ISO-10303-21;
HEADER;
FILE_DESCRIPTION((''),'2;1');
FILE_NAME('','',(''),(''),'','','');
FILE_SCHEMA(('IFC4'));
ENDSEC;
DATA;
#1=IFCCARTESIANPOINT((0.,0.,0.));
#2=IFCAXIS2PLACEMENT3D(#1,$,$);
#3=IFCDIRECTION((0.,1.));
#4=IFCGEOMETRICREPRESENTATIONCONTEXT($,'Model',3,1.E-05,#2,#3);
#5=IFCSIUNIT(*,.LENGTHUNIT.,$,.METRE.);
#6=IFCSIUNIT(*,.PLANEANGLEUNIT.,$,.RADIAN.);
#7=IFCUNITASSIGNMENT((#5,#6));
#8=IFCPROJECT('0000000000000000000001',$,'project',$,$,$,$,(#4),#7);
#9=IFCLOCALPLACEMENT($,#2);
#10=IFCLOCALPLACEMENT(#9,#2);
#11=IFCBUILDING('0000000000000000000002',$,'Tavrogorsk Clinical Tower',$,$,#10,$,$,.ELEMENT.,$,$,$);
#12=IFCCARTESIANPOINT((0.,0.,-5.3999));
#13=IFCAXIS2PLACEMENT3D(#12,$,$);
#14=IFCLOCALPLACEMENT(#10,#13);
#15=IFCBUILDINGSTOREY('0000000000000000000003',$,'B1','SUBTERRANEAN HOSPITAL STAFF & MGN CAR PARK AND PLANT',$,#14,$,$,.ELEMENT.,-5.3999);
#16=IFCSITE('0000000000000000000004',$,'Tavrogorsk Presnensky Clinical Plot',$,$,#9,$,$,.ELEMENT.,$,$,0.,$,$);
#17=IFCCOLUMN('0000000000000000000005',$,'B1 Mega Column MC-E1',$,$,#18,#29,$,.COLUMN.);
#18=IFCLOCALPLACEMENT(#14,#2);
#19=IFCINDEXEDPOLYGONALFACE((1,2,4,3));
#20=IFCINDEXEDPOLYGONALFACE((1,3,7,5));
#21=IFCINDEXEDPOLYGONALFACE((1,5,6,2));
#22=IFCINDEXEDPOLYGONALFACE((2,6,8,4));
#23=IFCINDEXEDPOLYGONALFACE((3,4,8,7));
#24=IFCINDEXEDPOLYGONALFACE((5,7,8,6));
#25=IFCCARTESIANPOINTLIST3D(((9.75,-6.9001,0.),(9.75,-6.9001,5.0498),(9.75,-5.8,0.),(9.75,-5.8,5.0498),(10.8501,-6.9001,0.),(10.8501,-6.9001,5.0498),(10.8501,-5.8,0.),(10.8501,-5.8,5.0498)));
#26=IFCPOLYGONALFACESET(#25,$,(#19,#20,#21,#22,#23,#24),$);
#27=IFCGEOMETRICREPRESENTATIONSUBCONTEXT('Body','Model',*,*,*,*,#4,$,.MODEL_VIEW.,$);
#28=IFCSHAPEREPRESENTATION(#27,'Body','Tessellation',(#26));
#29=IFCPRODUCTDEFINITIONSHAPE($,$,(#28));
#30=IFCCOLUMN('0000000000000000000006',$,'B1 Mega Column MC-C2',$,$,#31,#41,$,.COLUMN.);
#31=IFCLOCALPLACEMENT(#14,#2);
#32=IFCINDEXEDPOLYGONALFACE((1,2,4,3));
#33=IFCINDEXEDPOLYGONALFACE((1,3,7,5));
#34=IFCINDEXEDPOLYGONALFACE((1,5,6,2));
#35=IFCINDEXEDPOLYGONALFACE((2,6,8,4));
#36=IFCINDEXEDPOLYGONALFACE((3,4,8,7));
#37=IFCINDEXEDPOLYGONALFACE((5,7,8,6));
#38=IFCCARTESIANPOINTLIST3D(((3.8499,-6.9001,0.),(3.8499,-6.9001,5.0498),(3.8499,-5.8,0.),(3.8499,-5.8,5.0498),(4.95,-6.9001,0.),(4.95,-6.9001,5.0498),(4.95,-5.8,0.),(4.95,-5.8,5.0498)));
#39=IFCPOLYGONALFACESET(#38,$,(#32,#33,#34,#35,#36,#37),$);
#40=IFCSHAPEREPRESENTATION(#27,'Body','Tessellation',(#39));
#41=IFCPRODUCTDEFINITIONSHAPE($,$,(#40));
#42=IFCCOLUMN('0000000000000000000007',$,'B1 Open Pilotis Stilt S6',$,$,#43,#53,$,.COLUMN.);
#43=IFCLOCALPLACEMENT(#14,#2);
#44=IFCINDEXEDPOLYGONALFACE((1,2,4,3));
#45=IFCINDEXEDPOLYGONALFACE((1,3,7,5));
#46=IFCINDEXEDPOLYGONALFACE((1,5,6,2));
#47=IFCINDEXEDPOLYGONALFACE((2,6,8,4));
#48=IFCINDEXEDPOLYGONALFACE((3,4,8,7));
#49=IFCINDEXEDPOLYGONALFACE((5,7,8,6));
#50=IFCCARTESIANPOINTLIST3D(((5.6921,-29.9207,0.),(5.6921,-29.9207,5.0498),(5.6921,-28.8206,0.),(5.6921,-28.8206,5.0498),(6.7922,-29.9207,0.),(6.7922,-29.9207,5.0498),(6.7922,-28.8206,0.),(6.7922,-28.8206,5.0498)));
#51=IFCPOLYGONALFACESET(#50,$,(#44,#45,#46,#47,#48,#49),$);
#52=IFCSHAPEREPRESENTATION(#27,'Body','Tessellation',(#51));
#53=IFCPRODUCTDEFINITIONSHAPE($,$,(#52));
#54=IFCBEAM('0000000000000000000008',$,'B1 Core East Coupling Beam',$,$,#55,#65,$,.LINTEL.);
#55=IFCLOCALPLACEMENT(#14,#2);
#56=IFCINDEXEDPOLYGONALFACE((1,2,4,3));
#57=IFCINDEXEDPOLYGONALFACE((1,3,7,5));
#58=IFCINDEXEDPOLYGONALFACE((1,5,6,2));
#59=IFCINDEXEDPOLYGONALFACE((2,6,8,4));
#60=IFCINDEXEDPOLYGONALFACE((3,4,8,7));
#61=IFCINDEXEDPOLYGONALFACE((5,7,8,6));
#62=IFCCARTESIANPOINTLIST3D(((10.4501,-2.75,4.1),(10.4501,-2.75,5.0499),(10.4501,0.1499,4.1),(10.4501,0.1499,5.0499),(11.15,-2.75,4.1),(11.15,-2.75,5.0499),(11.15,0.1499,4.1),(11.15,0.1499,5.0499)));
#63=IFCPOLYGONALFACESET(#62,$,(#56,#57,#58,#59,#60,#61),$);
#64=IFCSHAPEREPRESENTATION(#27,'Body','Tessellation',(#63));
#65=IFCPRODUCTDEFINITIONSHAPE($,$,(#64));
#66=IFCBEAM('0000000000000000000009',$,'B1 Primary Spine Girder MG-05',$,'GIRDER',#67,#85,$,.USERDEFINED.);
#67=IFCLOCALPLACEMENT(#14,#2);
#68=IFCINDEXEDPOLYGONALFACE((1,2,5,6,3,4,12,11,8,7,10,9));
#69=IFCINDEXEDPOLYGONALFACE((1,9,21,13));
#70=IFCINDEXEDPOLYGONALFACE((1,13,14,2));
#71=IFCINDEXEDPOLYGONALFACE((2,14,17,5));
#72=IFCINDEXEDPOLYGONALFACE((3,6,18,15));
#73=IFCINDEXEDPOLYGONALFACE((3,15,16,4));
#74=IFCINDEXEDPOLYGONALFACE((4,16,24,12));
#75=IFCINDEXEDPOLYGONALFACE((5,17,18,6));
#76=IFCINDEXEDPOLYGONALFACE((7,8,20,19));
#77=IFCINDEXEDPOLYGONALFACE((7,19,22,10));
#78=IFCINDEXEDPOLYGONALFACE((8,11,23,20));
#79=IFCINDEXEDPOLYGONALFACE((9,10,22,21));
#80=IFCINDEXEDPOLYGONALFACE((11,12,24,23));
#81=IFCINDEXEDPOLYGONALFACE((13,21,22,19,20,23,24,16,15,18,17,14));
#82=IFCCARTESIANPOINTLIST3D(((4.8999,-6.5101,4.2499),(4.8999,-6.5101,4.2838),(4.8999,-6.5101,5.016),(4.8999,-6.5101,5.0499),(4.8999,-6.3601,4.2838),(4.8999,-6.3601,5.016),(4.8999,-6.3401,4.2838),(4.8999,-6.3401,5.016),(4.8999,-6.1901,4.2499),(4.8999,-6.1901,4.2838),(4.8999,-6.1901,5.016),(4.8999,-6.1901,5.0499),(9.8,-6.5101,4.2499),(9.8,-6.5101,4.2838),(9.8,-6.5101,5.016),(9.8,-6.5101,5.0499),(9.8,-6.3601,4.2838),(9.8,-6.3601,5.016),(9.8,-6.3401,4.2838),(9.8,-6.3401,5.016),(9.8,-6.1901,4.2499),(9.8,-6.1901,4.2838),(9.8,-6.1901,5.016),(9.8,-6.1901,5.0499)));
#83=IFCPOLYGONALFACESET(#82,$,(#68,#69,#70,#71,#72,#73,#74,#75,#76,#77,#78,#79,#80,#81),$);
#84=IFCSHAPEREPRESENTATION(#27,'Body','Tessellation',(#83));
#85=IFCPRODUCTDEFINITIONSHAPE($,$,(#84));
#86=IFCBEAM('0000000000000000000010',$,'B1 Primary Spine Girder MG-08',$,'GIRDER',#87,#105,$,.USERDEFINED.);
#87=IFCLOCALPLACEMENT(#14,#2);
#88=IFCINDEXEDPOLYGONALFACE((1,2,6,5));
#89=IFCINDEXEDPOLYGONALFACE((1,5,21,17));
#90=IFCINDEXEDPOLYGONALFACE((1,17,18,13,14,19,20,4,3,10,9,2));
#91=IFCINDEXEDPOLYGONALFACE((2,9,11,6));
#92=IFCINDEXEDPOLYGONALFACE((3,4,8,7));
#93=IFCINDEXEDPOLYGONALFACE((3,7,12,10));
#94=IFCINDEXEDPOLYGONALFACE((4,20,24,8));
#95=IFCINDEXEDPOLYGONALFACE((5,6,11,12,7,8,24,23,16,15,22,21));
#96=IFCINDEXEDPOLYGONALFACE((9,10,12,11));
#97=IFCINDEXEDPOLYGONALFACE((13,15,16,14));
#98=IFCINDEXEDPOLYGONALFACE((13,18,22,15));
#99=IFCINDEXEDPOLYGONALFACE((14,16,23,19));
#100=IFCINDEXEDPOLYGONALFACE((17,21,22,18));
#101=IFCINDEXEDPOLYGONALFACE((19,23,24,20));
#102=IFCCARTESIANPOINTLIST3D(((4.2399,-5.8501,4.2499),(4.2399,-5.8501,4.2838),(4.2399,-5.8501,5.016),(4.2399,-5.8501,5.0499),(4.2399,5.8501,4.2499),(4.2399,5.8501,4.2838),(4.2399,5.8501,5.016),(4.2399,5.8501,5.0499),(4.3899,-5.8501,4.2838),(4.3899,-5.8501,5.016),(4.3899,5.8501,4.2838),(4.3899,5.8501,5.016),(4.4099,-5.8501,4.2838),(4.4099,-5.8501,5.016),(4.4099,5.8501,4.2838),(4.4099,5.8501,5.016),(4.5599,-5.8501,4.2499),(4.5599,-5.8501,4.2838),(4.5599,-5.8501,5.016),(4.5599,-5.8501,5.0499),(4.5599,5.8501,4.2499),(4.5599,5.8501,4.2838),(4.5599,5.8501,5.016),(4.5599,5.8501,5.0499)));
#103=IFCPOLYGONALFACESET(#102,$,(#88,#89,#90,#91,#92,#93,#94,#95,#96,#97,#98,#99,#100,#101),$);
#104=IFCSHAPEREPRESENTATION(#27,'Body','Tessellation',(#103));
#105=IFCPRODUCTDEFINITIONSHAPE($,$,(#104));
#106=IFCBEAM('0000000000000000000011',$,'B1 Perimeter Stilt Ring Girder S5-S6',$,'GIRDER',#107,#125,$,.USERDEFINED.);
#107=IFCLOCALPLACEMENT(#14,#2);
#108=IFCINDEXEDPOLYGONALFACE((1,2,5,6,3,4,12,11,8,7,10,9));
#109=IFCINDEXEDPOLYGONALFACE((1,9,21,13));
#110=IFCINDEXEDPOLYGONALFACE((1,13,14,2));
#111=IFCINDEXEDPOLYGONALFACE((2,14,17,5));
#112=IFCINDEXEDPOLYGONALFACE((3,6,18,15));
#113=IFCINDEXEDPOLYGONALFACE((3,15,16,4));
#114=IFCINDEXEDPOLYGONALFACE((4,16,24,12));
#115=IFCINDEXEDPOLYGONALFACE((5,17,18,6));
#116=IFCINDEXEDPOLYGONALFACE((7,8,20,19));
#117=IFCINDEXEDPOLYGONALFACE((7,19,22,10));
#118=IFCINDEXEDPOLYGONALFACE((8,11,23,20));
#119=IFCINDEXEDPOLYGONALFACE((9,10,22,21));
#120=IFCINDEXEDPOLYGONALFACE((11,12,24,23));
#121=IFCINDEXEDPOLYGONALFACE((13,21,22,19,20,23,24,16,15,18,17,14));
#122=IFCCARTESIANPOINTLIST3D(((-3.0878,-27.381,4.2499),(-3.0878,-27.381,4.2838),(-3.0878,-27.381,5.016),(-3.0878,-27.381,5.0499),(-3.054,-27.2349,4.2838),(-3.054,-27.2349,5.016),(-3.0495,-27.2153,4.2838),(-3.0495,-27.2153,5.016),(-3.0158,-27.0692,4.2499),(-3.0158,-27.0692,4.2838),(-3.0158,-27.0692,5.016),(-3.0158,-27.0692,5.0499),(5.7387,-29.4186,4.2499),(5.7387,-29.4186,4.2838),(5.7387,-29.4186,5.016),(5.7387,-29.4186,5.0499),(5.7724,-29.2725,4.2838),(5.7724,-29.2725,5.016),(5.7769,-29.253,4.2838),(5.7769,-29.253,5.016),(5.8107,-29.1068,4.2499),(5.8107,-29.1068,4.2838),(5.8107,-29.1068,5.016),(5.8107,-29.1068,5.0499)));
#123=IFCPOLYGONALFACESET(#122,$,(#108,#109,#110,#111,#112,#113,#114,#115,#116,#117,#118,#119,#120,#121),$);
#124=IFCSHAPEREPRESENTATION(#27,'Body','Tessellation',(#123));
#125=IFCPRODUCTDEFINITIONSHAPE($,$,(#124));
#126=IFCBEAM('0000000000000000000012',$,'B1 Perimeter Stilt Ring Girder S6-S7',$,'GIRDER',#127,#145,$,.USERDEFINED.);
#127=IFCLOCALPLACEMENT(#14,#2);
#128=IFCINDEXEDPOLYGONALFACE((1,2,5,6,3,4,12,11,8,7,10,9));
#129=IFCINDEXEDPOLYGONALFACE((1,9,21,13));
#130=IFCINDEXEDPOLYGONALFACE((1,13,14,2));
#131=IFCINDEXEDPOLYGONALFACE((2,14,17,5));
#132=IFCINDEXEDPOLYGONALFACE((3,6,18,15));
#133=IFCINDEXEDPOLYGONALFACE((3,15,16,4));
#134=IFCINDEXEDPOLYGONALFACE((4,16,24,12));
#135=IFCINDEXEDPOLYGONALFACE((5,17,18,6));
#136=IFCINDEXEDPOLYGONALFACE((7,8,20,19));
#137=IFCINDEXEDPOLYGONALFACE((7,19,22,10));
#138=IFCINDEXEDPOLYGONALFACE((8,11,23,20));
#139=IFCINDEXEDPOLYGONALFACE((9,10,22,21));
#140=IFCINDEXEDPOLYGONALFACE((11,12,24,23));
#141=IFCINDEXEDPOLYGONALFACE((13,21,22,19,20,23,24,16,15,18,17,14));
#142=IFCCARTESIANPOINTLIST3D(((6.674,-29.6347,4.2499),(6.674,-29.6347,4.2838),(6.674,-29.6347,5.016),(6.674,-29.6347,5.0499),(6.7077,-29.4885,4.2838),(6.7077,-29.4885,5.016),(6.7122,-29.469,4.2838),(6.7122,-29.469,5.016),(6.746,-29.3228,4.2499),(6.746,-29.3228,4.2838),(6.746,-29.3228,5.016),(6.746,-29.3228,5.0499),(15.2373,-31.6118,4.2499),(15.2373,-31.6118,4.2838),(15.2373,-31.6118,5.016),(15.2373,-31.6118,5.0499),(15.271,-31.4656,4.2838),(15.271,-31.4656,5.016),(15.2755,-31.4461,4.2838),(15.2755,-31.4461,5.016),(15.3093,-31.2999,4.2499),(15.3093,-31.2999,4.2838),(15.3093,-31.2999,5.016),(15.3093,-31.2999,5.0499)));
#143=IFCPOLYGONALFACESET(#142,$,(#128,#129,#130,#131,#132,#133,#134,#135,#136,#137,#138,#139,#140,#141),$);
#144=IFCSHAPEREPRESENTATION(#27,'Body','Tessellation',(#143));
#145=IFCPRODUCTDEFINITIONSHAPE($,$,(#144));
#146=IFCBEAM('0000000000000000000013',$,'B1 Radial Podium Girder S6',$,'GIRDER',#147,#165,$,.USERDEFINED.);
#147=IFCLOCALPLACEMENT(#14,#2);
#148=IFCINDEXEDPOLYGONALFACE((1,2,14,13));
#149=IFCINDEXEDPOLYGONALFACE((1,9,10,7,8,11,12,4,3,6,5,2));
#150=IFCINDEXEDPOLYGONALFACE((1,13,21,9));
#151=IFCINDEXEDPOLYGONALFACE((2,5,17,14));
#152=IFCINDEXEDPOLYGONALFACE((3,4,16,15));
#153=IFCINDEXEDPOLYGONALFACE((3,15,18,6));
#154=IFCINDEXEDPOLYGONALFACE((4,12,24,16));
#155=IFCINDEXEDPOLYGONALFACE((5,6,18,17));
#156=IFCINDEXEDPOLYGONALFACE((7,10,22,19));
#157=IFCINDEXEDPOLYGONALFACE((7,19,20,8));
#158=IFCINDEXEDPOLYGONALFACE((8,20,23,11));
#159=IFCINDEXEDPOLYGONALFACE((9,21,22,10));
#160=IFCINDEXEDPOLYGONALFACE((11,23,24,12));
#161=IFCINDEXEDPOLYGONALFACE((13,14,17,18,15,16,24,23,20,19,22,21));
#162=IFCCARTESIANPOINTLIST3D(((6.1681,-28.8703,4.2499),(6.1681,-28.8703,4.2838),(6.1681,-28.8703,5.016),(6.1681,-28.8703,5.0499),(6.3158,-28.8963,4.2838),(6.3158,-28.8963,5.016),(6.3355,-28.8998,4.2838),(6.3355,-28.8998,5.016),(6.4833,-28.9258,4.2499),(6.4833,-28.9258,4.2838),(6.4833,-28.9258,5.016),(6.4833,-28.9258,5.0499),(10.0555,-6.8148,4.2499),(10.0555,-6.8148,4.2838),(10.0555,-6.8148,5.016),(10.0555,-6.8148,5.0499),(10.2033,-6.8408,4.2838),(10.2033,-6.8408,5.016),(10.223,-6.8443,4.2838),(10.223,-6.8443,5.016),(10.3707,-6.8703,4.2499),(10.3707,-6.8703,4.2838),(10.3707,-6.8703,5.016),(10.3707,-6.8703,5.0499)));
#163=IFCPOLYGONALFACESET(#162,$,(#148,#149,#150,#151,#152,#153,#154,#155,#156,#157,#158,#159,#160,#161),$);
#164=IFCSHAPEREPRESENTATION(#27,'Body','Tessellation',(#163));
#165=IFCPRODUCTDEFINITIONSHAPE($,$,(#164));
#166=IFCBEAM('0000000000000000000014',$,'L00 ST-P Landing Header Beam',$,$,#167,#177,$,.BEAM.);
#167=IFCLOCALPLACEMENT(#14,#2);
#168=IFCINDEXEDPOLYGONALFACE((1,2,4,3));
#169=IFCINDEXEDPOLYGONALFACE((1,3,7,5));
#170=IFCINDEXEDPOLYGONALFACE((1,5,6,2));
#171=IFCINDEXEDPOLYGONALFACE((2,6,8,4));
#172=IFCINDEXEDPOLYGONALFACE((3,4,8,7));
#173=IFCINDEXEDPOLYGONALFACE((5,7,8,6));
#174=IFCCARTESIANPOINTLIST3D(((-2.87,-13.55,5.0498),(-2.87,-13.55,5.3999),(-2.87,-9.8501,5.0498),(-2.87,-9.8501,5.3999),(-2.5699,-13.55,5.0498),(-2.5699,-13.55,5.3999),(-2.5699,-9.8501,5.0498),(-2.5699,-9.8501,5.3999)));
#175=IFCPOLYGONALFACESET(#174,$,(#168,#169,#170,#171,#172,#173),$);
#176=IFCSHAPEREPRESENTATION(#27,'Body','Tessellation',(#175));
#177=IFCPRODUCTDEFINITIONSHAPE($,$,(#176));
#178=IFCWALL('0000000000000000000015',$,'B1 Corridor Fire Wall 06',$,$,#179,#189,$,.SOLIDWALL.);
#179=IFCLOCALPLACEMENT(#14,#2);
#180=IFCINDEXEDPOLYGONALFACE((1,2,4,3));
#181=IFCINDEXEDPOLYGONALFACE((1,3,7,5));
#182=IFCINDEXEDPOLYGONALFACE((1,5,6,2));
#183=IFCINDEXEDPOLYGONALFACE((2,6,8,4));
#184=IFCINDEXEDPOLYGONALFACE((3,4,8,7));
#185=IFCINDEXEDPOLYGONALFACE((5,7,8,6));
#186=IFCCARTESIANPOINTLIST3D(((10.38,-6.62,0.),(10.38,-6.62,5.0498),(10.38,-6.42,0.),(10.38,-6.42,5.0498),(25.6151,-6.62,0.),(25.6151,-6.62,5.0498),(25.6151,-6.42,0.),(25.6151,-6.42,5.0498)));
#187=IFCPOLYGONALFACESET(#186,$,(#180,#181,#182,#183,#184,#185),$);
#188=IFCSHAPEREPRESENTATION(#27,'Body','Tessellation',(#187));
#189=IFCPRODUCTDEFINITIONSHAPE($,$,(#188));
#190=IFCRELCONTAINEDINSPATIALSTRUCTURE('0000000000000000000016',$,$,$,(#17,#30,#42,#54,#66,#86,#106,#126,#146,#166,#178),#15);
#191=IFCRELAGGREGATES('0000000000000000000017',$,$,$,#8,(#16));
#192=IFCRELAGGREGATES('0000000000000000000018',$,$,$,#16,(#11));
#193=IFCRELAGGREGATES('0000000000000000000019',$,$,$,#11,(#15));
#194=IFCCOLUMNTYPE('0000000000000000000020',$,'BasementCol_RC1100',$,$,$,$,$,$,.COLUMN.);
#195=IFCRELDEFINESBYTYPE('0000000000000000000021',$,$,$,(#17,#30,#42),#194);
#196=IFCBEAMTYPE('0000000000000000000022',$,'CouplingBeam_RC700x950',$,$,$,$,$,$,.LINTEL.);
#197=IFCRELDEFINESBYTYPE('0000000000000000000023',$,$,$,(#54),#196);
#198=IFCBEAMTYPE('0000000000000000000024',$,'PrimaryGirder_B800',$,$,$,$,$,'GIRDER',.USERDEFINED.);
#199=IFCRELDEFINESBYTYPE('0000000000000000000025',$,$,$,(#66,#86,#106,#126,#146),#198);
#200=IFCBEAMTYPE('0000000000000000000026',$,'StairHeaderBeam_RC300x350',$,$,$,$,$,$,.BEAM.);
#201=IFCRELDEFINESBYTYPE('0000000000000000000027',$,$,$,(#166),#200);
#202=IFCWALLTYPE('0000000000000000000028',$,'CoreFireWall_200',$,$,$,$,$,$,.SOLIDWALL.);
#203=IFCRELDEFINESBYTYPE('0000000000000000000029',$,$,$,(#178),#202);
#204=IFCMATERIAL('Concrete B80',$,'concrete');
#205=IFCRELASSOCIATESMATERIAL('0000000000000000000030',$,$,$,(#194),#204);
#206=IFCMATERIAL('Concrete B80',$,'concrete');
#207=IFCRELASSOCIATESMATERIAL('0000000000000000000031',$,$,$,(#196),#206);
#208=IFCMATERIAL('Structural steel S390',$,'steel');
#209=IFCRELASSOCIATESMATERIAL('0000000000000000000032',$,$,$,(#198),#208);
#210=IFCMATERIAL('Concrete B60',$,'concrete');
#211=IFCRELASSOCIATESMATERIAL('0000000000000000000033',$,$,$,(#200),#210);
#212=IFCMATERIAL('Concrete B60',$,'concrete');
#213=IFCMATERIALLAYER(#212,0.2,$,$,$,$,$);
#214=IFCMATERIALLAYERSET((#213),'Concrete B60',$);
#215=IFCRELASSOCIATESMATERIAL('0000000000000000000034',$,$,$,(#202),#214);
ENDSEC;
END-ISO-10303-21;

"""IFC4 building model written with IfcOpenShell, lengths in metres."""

from ifc_helpers import new_model, si_unit, direction, frame, frame_2d, origin, origin_2d, place, context, subcontext, project, spatial, rectangle, i_section, extrude, material, layer, layer_set, material_profile, profile_set, type_object, element, save


model = new_model("IFC4")

# Units and contexts
model_context = context("Model", 3, precision=1e-05, world=origin(), true_north=direction((0.0, 1.0)))
body_context = subcontext(model_context, "Body", "Model", "MODEL_VIEW")
ifc_project = project(units=[si_unit("LENGTHUNIT", "METRE"), si_unit("PLANEANGLEUNIT", "RADIAN")], contexts=[model_context])

# Site, building, storey
site_placement = place(None, origin())
site = spatial("IfcSite", under=ifc_project, at=site_placement, Name="Tavrogorsk Presnensky Clinical Plot", CompositionType="ELEMENT", RefElevation=0.0)
building_placement = place(site_placement, origin())
building = spatial("IfcBuilding", under=site, at=building_placement, Name="Tavrogorsk Clinical Tower", CompositionType="ELEMENT")
storey_placement = place(building_placement, frame((0.0, 0.0, -5.3999)))
storey = spatial("IfcBuildingStorey", under=building, at=storey_placement, Name="B1", Description="SUBTERRANEAN HOSPITAL STAFF & MGN CAR PARK AND PLANT", CompositionType="ELEMENT", Elevation=-5.3999)

# Columns
ifc_material_1 = material(Name="Concrete B80", Category="concrete")
ifc_material_profile_1 = material_profile(ifc_material_1, rectangle(XDim=1.1001, YDim=1.1001, at=origin_2d()), Name="RC-COL-1100x1100")
ifc_profile_set_1 = profile_set([ifc_material_profile_1], Name="Concrete B80")
column_type = type_object("IfcColumnType", Name="BasementCol_RC1100", PredefinedType="COLUMN", material=ifc_profile_set_1)
for number, where, z_axis, x_axis, name in (
    (1, (10.3, -6.3501, 0.0), (0.0, 0.0, 1.0), (1.0, 0.0, 0.0), "B1 Mega Column MC-E1"),
    (2, (4.3999, -6.3501, 0.0), (0.0, 0.0, 1.0), (1.0, 0.0, 0.0), "B1 Mega Column MC-C2"),
    (3, (6.2422, -29.3706, 0.0), (0.0, 0.0, 1.0), (1.0, 0.0, 0.0), "B1 Open Pilotis Stilt S6"),
):
    element("IfcColumn", number, at=place(storey_placement, frame(where, z_axis=z_axis, x_axis=x_axis)), inside=storey, type_object=column_type, Name=name, PredefinedType="COLUMN", context=body_context, shape_type="SweptSolid", body=[
        extrude(rectangle(XDim=1.1001, YDim=1.1001, at=origin_2d()), origin(), (0.0, 0.0, 1.0), 5.0498),
    ])

# Beams
ifc_material_2 = material(Name="Concrete B80", Category="concrete")
ifc_material_profile_2 = material_profile(ifc_material_2, rectangle(XDim=0.7, YDim=0.95, at=origin_2d()), Name="RC-CB-700x950")
ifc_profile_set_2 = profile_set([ifc_material_profile_2], Name="Concrete B80")
beam_type_1 = type_object("IfcBeamType", Name="CouplingBeam_RC700x950", PredefinedType="LINTEL", material=ifc_profile_set_2)
beam_1_placement = place(storey_placement, frame((10.8, -2.75, 4.575), z_axis=(0.0, 1.0, 0.0), x_axis=(-1.0, 0.0, 0.0)))
element("IfcBeam", 4, at=beam_1_placement, inside=storey, type_object=beam_type_1, Name="B1 Core East Coupling Beam", PredefinedType="LINTEL", context=body_context, shape_type="SweptSolid", body=[
    extrude(rectangle(XDim=0.7, YDim=0.95, at=origin_2d()), origin(), (0.0, 0.0, 1.0), 2.8999),
])
ifc_material_3 = material(Name="Structural steel S390", Category="steel")
ifc_material_profile_3 = material_profile(ifc_material_3, i_section(OverallWidth=0.3201, OverallDepth=0.8, WebThickness=0.02, FlangeThickness=0.0339, at=origin_2d()), Name="B-800x320x20x34")
ifc_profile_set_3 = profile_set([ifc_material_profile_3], Name="Structural steel S390")
beam_type_2 = type_object("IfcBeamType", Name="PrimaryGirder_B800", ElementType="GIRDER", PredefinedType="USERDEFINED", material=ifc_profile_set_3)
beam_2_placement = place(storey_placement, frame((4.8999, -6.3501, 4.6499), z_axis=(1.0, 0.0, 0.0), x_axis=(0.0, 1.0, 0.0)))
element("IfcBeam", 5, at=beam_2_placement, inside=storey, type_object=beam_type_2, Name="B1 Primary Spine Girder MG-05", ObjectType="GIRDER", PredefinedType="USERDEFINED", context=body_context, shape_type="SweptSolid", body=[
    extrude(i_section(OverallWidth=0.3201, OverallDepth=0.8, WebThickness=0.02, FlangeThickness=0.0339, at=origin_2d()), origin(), (0.0, 0.0, 1.0), 4.9001),
])
beam_3_placement = place(storey_placement, frame((4.3999, -5.8501, 4.6499), z_axis=(0.0, 1.0, 0.0), x_axis=(-1.0, 0.0, 0.0)))
element("IfcBeam", 6, at=beam_3_placement, inside=storey, type_object=beam_type_2, Name="B1 Primary Spine Girder MG-08", ObjectType="GIRDER", PredefinedType="USERDEFINED", context=body_context, shape_type="SweptSolid", body=[
    extrude(i_section(OverallWidth=0.3201, OverallDepth=0.8, WebThickness=0.02, FlangeThickness=0.0339, at=origin_2d()), origin(), (0.0, 0.0, 1.0), 11.7002),
])
beam_4_placement = place(storey_placement, frame((-3.0518, -27.2251, 4.6499), z_axis=(0.974373, -0.224936, 0.0), x_axis=(0.224936, 0.974373, 0.0)))
element("IfcBeam", 7, at=beam_4_placement, inside=storey, type_object=beam_type_2, Name="B1 Perimeter Stilt Ring Girder S5-S6", ObjectType="GIRDER", PredefinedType="USERDEFINED", context=body_context, shape_type="SweptSolid", body=[
    extrude(i_section(OverallWidth=0.3201, OverallDepth=0.8, WebThickness=0.02, FlangeThickness=0.0339, at=origin_2d()), origin(), (0.0, 0.0, 1.0), 9.0586),
])
beam_5_placement = place(storey_placement, frame((6.71, -29.4788, 4.6499), z_axis=(0.974368, -0.224959, 0.0), x_axis=(0.224959, 0.974368, 0.0)))
element("IfcBeam", 8, at=beam_5_placement, inside=storey, type_object=beam_type_2, Name="B1 Perimeter Stilt Ring Girder S6-S7", ObjectType="GIRDER", PredefinedType="USERDEFINED", context=body_context, shape_type="SweptSolid", body=[
    extrude(i_section(OverallWidth=0.3201, OverallDepth=0.8, WebThickness=0.02, FlangeThickness=0.0339, at=origin_2d()), origin(), (0.0, 0.0, 1.0), 8.7886),
])
beam_6_placement = place(storey_placement, frame((10.2131, -6.8425, 4.6499), z_axis=(-0.173583, -0.984819, 0.0), x_axis=(0.984819, -0.173583, 0.0)))
element("IfcBeam", 9, at=beam_6_placement, inside=storey, type_object=beam_type_2, Name="B1 Radial Podium Girder S6", ObjectType="GIRDER", PredefinedType="USERDEFINED", context=body_context, shape_type="SweptSolid", body=[
    extrude(i_section(OverallWidth=0.3201, OverallDepth=0.8, WebThickness=0.02, FlangeThickness=0.0339, at=origin_2d()), origin(), (0.0, 0.0, 1.0), 22.3955),
])
ifc_material_4 = material(Name="Concrete B60", Category="concrete")
ifc_material_profile_4 = material_profile(ifc_material_4, rectangle(XDim=0.3, YDim=0.3501, at=origin_2d()), Name="RC-SHB-300x350")
ifc_profile_set_4 = profile_set([ifc_material_profile_4], Name="Concrete B60")
beam_type_3 = type_object("IfcBeamType", Name="StairHeaderBeam_RC300x350", PredefinedType="BEAM", material=ifc_profile_set_4)
beam_7_placement = place(storey_placement, frame((-2.72, -13.55, 5.2249), z_axis=(0.0, 1.0, 0.0), x_axis=(-1.0, 0.0, 0.0)))
element("IfcBeam", 10, at=beam_7_placement, inside=storey, type_object=beam_type_3, Name="L00 ST-P Landing Header Beam", PredefinedType="BEAM", context=body_context, shape_type="SweptSolid", body=[
    extrude(rectangle(XDim=0.3, YDim=0.3501, at=origin_2d()), origin(), (0.0, 0.0, 1.0), 3.7),
])

# Wall
ifc_material_5 = material(Name="Concrete B60", Category="concrete")
ifc_layer_1 = layer(ifc_material_5, 0.2)
ifc_layer_set_1 = layer_set([ifc_layer_1], Name="Concrete B60")
wall_type_1 = type_object("IfcWallType", Name="CoreFireWall_200", PredefinedType="SOLIDWALL", material=ifc_layer_set_1)
wall_1_placement = place(storey_placement, frame((10.3799, -6.52, 0.0), z_axis=(0.0, 0.0, 1.0), x_axis=(1.0, 0.0, 0.0)))
element("IfcWall", 11, at=wall_1_placement, inside=storey, type_object=wall_type_1, Name="B1 Corridor Fire Wall 06", PredefinedType="SOLIDWALL", context=body_context, shape_type="SweptSolid", body=[
    extrude(rectangle(XDim=15.2351, YDim=0.2, at=frame_2d((7.6177, 0.0))), origin(), (0.0, 0.0, 1.0), 5.0498),
])

save(model, "model.ifc")
